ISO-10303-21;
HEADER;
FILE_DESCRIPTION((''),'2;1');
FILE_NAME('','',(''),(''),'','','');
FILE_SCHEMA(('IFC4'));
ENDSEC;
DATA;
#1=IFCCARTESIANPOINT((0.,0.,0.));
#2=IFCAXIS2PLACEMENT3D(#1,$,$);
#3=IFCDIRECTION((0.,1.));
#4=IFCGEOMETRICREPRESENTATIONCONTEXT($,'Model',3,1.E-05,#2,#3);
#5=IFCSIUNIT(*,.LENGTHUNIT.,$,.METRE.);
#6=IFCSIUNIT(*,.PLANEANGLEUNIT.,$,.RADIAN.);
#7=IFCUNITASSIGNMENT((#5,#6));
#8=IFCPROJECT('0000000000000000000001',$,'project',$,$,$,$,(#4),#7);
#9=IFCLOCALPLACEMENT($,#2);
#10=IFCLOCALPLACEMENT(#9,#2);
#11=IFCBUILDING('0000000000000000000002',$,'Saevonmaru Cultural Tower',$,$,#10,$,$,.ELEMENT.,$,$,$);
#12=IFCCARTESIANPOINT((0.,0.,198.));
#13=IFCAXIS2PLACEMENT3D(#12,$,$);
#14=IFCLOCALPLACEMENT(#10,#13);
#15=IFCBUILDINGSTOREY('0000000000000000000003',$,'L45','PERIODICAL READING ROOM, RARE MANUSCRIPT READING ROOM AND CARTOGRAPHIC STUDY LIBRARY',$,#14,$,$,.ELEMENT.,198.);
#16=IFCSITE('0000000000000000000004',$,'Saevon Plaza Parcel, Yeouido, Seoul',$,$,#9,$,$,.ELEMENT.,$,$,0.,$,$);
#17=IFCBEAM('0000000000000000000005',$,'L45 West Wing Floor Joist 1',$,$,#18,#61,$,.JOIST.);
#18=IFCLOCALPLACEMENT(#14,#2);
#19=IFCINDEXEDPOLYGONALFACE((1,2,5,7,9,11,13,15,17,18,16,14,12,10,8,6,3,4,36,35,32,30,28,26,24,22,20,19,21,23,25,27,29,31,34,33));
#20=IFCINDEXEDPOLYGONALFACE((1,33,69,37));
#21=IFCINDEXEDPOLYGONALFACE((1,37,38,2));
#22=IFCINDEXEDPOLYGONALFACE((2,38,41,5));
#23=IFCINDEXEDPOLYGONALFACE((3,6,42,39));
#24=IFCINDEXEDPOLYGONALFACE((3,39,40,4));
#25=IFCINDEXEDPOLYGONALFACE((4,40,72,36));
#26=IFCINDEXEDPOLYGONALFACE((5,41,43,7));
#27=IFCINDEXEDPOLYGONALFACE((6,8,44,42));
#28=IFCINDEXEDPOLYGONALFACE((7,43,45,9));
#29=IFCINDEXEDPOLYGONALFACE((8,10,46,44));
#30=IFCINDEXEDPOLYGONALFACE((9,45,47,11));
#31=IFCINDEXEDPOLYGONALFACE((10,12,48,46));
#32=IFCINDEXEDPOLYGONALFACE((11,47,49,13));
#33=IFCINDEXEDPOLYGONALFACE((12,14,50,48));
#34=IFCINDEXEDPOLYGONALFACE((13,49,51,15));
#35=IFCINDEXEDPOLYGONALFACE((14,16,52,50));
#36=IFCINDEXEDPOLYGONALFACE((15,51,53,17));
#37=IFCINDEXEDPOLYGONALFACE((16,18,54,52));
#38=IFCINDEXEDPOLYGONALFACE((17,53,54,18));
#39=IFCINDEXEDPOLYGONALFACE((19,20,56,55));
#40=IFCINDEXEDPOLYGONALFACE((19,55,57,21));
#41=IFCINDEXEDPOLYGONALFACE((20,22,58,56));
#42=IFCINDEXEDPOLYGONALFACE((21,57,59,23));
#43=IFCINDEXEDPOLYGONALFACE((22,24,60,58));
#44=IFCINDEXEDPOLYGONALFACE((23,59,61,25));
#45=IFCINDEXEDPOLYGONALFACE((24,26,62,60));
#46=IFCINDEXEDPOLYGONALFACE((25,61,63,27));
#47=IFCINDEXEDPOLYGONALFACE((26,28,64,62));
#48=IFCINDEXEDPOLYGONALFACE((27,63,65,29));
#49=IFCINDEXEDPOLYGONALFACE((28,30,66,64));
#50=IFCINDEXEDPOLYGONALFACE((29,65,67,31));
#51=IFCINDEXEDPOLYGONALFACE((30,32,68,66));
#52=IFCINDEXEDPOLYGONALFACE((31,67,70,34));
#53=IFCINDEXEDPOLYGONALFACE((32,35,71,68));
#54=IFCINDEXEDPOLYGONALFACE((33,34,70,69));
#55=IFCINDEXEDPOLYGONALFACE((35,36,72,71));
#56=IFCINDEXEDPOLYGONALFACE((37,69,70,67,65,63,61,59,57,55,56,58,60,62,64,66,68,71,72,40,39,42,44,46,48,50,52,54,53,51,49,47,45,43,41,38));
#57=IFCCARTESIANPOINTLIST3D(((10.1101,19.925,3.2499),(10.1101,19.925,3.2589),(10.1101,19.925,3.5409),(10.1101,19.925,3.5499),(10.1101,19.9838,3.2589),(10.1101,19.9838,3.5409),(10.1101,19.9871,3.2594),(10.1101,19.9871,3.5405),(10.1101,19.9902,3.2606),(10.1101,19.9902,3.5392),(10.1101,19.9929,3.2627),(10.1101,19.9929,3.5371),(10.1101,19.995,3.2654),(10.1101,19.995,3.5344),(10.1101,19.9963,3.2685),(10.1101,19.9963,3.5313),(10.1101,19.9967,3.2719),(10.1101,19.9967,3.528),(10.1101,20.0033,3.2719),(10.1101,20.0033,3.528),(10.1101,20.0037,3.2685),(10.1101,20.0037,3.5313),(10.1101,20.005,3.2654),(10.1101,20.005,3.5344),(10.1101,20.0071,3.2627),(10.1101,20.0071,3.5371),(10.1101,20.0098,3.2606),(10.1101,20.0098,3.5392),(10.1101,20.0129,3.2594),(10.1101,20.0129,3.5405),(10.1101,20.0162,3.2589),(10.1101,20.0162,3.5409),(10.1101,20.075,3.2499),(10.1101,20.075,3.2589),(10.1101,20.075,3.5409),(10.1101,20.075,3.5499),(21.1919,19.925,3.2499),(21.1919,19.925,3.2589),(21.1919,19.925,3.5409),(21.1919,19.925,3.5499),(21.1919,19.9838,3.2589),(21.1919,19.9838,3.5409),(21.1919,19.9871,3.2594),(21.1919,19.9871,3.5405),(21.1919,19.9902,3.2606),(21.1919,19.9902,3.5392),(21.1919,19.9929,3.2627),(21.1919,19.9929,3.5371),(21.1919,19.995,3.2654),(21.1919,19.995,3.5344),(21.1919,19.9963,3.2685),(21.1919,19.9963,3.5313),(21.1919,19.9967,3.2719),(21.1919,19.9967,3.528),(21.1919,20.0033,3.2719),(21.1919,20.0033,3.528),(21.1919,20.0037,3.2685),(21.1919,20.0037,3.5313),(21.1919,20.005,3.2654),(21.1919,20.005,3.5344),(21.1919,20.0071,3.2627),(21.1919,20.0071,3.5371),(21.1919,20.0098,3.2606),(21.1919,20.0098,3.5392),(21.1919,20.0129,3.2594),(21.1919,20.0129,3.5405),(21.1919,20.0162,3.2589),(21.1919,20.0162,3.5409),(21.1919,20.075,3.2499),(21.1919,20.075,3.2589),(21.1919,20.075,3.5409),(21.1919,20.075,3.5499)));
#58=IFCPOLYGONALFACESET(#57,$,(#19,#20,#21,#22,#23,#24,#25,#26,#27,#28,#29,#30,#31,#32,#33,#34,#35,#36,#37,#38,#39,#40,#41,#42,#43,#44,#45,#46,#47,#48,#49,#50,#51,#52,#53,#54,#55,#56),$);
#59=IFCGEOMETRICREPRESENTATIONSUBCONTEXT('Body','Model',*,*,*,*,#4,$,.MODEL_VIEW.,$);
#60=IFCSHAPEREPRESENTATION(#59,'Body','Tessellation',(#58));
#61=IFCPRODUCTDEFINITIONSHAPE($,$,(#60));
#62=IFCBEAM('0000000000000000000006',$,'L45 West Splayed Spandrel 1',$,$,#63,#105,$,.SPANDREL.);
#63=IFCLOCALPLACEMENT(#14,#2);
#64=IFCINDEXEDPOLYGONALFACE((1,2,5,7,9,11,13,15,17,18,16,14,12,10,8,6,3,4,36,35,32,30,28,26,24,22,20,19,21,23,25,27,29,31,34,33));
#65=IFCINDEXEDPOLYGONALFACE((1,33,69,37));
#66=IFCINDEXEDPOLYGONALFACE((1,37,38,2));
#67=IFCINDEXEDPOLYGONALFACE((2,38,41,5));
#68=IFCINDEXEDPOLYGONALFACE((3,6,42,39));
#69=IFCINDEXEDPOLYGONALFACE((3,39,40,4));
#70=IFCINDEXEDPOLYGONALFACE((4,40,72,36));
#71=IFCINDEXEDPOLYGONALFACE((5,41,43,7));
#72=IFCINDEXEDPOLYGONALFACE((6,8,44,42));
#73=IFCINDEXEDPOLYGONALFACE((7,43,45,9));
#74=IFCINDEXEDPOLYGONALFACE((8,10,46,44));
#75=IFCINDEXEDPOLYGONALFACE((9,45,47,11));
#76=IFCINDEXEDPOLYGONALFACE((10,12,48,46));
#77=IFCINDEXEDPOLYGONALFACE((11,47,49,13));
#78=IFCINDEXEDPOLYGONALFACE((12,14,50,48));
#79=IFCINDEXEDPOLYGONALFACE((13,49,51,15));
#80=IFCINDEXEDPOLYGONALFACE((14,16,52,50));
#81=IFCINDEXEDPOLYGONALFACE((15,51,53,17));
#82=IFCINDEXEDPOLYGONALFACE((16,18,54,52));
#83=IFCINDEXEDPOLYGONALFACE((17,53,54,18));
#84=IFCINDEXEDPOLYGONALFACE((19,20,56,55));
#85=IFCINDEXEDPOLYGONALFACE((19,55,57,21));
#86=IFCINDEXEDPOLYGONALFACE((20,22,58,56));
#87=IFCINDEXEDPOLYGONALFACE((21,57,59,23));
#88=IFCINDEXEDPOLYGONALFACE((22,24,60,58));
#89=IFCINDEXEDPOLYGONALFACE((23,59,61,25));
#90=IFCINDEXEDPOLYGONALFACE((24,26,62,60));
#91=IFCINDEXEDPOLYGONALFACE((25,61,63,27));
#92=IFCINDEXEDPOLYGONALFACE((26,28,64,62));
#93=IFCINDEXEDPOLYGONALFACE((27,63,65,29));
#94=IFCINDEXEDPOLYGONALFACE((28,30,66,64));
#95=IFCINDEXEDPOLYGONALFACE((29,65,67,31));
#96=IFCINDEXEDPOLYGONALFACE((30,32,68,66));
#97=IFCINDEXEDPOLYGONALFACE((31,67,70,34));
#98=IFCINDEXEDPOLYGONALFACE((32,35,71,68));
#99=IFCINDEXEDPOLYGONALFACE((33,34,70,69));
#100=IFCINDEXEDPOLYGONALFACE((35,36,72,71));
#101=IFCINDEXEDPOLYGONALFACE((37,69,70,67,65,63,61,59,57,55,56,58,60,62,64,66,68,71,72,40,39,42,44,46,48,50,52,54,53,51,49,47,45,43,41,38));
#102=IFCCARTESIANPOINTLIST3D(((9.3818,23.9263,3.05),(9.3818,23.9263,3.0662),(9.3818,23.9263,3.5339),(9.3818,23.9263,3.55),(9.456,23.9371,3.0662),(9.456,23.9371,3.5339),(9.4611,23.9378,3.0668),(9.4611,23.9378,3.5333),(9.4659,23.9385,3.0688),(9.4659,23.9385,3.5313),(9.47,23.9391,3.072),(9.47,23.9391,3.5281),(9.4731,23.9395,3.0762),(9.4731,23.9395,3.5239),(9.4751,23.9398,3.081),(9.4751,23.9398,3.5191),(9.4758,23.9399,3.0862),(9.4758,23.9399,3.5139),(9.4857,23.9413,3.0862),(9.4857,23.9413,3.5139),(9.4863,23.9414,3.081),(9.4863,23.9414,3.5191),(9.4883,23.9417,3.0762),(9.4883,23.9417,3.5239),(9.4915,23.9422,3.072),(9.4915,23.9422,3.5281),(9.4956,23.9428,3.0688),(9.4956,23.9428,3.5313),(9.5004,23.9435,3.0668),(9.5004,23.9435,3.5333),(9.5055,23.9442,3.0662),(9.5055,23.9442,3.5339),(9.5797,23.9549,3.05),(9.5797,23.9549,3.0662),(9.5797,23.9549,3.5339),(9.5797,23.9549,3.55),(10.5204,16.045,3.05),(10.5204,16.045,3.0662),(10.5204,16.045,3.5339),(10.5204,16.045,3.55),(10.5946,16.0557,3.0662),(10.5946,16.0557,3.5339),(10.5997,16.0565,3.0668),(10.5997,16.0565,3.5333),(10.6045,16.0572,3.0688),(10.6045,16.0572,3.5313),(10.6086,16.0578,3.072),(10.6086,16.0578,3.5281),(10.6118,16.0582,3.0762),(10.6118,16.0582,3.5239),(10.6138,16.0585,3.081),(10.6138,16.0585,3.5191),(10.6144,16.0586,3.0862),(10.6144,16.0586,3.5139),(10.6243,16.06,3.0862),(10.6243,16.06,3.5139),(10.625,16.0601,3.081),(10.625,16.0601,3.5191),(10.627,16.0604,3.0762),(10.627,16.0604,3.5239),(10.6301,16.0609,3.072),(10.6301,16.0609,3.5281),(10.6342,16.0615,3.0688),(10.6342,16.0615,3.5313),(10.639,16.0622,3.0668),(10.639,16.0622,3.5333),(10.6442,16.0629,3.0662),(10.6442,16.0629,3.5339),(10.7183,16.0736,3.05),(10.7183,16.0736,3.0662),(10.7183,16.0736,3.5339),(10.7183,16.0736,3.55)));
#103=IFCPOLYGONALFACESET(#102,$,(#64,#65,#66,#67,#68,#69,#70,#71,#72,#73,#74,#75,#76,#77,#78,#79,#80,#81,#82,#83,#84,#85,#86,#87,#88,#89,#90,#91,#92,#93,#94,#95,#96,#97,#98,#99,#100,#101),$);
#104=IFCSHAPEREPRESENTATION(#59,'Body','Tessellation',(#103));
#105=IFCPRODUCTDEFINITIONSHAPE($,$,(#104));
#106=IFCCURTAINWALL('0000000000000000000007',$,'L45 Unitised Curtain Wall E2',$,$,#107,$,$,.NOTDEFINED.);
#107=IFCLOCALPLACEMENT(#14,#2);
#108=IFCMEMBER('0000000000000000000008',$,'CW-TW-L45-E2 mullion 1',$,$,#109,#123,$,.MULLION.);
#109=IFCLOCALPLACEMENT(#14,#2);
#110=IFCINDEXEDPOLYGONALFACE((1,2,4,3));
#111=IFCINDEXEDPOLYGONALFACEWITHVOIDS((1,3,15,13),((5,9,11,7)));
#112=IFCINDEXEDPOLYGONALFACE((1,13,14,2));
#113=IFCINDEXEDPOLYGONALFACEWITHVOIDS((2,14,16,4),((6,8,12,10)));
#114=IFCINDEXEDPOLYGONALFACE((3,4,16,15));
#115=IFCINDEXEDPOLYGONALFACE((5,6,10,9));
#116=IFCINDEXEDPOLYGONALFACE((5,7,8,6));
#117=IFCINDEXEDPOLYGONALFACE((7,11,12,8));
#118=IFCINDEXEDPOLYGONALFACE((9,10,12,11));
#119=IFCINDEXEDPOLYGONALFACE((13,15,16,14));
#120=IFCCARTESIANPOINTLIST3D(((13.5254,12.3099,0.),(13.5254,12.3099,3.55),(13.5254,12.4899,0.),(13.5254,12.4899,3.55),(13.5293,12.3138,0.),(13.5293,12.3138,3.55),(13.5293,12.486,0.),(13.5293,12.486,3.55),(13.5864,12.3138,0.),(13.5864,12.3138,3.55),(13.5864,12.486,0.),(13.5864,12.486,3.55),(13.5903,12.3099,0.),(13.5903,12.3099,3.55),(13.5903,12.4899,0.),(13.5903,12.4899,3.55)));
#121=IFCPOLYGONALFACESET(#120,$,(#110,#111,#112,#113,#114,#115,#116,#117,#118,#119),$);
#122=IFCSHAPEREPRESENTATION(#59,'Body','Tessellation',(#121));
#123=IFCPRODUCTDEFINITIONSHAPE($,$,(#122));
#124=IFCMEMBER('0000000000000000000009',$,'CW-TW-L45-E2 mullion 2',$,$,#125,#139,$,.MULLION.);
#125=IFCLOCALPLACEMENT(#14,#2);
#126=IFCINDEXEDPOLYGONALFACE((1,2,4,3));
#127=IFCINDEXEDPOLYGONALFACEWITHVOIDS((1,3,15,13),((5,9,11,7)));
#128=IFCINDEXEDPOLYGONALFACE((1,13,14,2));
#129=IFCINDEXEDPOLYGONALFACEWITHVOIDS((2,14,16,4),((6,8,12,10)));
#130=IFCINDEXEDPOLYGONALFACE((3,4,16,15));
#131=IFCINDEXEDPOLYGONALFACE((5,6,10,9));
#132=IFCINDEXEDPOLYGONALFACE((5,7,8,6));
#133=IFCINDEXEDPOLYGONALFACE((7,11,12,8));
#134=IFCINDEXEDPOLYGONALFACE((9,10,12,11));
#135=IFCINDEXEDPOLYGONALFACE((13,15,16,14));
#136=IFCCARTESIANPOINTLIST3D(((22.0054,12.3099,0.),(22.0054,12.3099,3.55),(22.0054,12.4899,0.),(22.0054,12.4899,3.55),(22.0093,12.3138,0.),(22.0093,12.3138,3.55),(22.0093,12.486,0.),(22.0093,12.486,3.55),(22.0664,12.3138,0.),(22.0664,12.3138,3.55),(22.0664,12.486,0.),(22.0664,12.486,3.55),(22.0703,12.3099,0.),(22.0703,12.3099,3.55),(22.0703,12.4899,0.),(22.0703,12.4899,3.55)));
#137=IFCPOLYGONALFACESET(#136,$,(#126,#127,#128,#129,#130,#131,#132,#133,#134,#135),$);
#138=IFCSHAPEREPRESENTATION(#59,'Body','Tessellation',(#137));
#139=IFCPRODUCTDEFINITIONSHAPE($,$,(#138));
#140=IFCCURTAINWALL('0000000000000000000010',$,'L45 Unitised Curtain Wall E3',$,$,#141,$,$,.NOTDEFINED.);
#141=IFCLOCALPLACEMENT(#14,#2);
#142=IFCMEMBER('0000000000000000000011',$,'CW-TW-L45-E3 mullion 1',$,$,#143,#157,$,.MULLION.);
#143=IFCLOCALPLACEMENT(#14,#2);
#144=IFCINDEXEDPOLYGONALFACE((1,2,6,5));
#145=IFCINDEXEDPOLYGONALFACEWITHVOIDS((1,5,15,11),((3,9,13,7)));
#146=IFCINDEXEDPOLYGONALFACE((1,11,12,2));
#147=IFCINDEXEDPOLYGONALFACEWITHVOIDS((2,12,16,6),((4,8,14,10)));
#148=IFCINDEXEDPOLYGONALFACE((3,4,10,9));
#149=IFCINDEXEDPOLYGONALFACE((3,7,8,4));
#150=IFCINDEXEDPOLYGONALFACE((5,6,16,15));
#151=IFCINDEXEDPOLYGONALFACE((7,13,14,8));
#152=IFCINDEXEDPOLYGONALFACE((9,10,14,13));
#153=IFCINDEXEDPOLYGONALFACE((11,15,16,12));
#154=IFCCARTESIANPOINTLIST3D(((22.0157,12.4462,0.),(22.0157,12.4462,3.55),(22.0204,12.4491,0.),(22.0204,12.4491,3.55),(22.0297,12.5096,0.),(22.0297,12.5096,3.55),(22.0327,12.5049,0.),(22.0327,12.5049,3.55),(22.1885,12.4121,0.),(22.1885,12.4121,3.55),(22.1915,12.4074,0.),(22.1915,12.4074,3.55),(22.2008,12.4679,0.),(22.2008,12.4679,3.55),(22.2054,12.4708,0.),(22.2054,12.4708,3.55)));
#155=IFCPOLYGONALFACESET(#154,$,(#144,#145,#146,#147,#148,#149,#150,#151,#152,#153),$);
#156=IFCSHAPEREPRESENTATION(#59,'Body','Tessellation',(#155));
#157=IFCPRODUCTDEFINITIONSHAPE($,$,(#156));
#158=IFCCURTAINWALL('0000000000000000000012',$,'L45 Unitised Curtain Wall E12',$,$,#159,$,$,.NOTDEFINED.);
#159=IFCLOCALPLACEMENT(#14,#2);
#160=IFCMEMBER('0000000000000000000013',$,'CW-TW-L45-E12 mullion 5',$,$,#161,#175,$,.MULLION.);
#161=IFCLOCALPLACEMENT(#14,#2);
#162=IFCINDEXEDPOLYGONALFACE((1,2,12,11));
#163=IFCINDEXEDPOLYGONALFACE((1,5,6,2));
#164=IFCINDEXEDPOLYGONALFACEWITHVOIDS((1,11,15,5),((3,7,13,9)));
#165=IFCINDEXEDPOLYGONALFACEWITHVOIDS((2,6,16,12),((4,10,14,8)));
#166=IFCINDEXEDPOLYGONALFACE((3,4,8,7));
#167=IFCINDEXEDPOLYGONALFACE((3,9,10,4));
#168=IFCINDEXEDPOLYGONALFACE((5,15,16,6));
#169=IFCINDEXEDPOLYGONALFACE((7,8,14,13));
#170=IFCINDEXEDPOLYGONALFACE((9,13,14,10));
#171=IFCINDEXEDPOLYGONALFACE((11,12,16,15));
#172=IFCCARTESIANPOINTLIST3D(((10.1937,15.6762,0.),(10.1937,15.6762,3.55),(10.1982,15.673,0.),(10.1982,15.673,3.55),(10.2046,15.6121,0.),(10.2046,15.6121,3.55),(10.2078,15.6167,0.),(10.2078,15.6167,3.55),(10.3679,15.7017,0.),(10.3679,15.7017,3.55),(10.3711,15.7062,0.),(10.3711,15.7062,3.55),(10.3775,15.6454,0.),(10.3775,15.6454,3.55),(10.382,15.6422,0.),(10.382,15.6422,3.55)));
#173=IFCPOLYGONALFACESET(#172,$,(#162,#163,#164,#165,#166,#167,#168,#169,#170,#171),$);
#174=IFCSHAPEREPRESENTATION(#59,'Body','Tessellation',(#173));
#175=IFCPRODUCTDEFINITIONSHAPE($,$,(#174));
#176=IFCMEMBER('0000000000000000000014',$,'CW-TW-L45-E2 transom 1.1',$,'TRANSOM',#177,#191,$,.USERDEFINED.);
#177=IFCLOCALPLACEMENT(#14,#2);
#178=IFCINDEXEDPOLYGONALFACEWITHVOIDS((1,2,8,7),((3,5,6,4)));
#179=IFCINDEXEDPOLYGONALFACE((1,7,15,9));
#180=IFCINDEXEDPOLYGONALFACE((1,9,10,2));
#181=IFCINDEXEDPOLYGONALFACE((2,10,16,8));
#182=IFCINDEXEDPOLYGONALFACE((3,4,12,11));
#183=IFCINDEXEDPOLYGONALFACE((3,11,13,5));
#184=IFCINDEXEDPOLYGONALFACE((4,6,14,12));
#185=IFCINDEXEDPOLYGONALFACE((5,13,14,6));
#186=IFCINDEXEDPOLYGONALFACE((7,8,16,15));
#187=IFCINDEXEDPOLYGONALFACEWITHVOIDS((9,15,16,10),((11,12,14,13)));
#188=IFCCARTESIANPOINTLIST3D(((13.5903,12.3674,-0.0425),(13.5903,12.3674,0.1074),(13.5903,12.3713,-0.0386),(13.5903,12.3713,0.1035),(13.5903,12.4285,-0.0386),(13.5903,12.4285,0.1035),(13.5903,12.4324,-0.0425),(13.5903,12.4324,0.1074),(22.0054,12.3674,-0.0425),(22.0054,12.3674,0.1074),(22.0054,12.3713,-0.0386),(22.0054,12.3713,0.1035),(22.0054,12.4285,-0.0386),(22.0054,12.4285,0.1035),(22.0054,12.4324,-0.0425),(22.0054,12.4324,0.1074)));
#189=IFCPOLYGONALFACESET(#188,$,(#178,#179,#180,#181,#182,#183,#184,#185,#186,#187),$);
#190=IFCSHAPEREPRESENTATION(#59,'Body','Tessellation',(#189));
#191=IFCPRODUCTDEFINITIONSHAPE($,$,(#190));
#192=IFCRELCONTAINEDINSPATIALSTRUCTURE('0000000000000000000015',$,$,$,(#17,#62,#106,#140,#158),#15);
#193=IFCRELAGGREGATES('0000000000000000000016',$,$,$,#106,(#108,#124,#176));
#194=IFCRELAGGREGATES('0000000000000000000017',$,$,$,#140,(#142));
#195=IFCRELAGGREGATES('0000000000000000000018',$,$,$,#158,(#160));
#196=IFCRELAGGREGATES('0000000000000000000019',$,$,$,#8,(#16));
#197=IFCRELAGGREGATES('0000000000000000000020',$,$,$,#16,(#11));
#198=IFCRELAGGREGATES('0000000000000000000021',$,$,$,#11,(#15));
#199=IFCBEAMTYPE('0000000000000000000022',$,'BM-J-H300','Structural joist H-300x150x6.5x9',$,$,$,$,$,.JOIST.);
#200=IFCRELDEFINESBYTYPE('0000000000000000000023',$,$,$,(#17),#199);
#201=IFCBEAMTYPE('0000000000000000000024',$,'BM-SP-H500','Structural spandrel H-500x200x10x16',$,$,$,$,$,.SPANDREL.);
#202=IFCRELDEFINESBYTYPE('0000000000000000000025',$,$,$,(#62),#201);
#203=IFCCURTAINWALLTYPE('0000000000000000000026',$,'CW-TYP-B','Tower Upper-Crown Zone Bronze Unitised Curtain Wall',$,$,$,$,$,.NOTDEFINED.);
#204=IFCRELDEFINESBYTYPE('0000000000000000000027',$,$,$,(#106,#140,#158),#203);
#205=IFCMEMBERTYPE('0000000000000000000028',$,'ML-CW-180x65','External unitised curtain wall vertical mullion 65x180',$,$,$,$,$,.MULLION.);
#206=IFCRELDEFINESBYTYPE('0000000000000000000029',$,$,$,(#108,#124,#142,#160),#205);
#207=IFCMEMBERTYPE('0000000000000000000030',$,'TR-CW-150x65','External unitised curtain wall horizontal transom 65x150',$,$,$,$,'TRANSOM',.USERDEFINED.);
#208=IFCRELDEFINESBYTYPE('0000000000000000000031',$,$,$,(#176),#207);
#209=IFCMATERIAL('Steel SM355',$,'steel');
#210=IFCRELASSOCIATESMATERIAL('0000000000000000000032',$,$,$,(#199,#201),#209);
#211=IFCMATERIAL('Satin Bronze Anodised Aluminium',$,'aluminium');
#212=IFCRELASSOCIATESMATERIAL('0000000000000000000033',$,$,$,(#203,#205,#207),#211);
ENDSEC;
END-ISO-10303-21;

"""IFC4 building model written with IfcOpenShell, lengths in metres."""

from ifc_helpers import new_model, si_unit, direction, frame, origin, origin_2d, place, context, subcontext, project, spatial, hollow_rectangle, i_section, extrude, material, material_profile, profile_set, type_object, element, aggregate, save


model = new_model("IFC4")

# Units and contexts
model_context = context("Model", 3, precision=1e-05, world=origin(), true_north=direction((0.0, 1.0)))
body_context = subcontext(model_context, "Body", "Model", "MODEL_VIEW")
ifc_project = project(units=[si_unit("LENGTHUNIT", "METRE"), si_unit("PLANEANGLEUNIT", "RADIAN")], contexts=[model_context])

# Site, building, storey
site_placement = place(None, origin())
site = spatial("IfcSite", under=ifc_project, at=site_placement, Name="Saevon Plaza Parcel, Yeouido, Seoul", CompositionType="ELEMENT", RefElevation=0.0)
building_placement = place(site_placement, origin())
building = spatial("IfcBuilding", under=site, at=building_placement, Name="Saevonmaru Cultural Tower", CompositionType="ELEMENT")
storey_placement = place(building_placement, frame((0.0, 0.0, 198.0)))
storey = spatial("IfcBuildingStorey", under=building, at=storey_placement, Name="L45", Description="PERIODICAL READING ROOM, RARE MANUSCRIPT READING ROOM AND CARTOGRAPHIC STUDY LIBRARY", CompositionType="ELEMENT", Elevation=198.0)

# Shared definitions
ifc_material_1 = material(Name="Steel SM355", Category="steel")

# Beams
ifc_material_profile_1 = material_profile(ifc_material_1, i_section(OverallWidth=0.1499, OverallDepth=0.3, WebThickness=0.0066, FlangeThickness=0.009, FilletRadius=0.0129, at=origin_2d()), Name="H-300x150x6.5x9")
ifc_profile_set_1 = profile_set([ifc_material_profile_1], Name="Steel SM355")
beam_type_1 = type_object("IfcBeamType", Name="BM-J-H300", Description="Structural joist H-300x150x6.5x9", PredefinedType="JOIST", material=ifc_profile_set_1)
beam_1_placement = place(storey_placement, frame((10.1101, 20.0, 3.3999), z_axis=(1.0, 0.0, 0.0), x_axis=(0.0, 1.0, 0.0)))
element("IfcBeam", 1, at=beam_1_placement, inside=storey, type_object=beam_type_1, Name="L45 West Wing Floor Joist 1", PredefinedType="JOIST", context=body_context, shape_type="SweptSolid", body=[
    extrude(i_section(OverallWidth=0.1499, OverallDepth=0.3, WebThickness=0.0066, FlangeThickness=0.009, FilletRadius=0.0129, at=origin_2d()), origin(), (0.0, 0.0, 1.0), 11.0818),
])
ifc_material_profile_2 = material_profile(ifc_material_1, i_section(OverallWidth=0.2, OverallDepth=0.5, WebThickness=0.01, FlangeThickness=0.0161, FilletRadius=0.02, at=origin_2d()), Name="H-500x200x10x16")
ifc_profile_set_2 = profile_set([ifc_material_profile_2], Name="Steel SM355")
beam_type_2 = type_object("IfcBeamType", Name="BM-SP-H500", Description="Structural spandrel H-500x200x10x16", PredefinedType="SPANDREL", material=ifc_profile_set_2)
beam_2_placement = place(storey_placement, frame((10.6194, 16.0593, 3.3), z_axis=(-0.142992, 0.989724, 0.0), x_axis=(-0.989724, -0.142992, 0.0)))
element("IfcBeam", 2, at=beam_2_placement, inside=storey, type_object=beam_type_2, Name="L45 West Splayed Spandrel 1", PredefinedType="SPANDREL", context=body_context, shape_type="SweptSolid", body=[
    extrude(i_section(OverallWidth=0.2, OverallDepth=0.5, WebThickness=0.01, FlangeThickness=0.0161, FilletRadius=0.02, at=origin_2d()), origin(), (0.0, 0.0, 1.0), 7.9631),
])

# Curtain wall, members
ifc_material_2 = material(Name="Satin Bronze Anodised Aluminium", Category="aluminium")
curtain_wall_type = type_object("IfcCurtainWallType", Name="CW-TYP-B", Description="Tower Upper-Crown Zone Bronze Unitised Curtain Wall", PredefinedType="NOTDEFINED", material=ifc_material_2)
curtain_wall_1_placement = place(storey_placement, origin())
curtain_wall_1 = element("IfcCurtainWall", 3, at=curtain_wall_1_placement, inside=storey, type_object=curtain_wall_type, Name="L45 Unitised Curtain Wall E2", PredefinedType="NOTDEFINED")
ifc_material_profile_3 = material_profile(ifc_material_2, hollow_rectangle(XDim=0.0649, YDim=0.1799, WallThickness=0.0039, at=origin_2d()), Name="ALU-MULL-180x65x4")
ifc_profile_set_3 = profile_set([ifc_material_profile_3], Name="Satin Bronze Anodised Aluminium")
member_type_1 = type_object("IfcMemberType", Name="ML-CW-180x65", Description="External unitised curtain wall vertical mullion 65x180", PredefinedType="MULLION", material=ifc_profile_set_3)
member_1_placement = place(storey_placement, frame((13.5579, 12.3999, 0.0), z_axis=(0.0, 0.0, 1.0), x_axis=(1.0, 0.0, 0.0)))
member_1 = element("IfcMember", 4, at=member_1_placement, type_object=member_type_1, Name="CW-TW-L45-E2 mullion 1", PredefinedType="MULLION", context=body_context, shape_type="SweptSolid", body=[
    extrude(hollow_rectangle(XDim=0.0649, YDim=0.1799, WallThickness=0.0039, at=origin_2d()), origin(), (0.0, 0.0, 1.0), 3.55),
])
member_2_placement = place(storey_placement, frame((22.0378, 12.3999, 0.0), z_axis=(0.0, 0.0, 1.0), x_axis=(1.0, 0.0, 0.0)))
member_2 = element("IfcMember", 5, at=member_2_placement, type_object=member_type_1, Name="CW-TW-L45-E2 mullion 2", PredefinedType="MULLION", context=body_context, shape_type="SweptSolid", body=[
    extrude(hollow_rectangle(XDim=0.0649, YDim=0.1799, WallThickness=0.0039, at=origin_2d()), origin(), (0.0, 0.0, 1.0), 3.55),
])

# Curtain walls, members
curtain_wall_2_placement = place(storey_placement, origin())
curtain_wall_2 = element("IfcCurtainWall", 6, at=curtain_wall_2_placement, inside=storey, type_object=curtain_wall_type, Name="L45 Unitised Curtain Wall E3", PredefinedType="NOTDEFINED")
member_3_placement = place(storey_placement, frame((22.1106, 12.4585, 0.0), z_axis=(0.0, 0.0, 1.0), x_axis=(0.215413, 0.976523, 0.0)))
member_3 = element("IfcMember", 7, at=member_3_placement, type_object=member_type_1, Name="CW-TW-L45-E3 mullion 1", PredefinedType="MULLION", context=body_context, shape_type="SweptSolid", body=[
    extrude(hollow_rectangle(XDim=0.0649, YDim=0.1799, WallThickness=0.0039, at=origin_2d()), origin(), (0.0, 0.0, 1.0), 3.55),
])
curtain_wall_3_placement = place(storey_placement, origin())
curtain_wall_3 = element("IfcCurtainWall", 8, at=curtain_wall_3_placement, inside=storey, type_object=curtain_wall_type, Name="L45 Unitised Curtain Wall E12", PredefinedType="NOTDEFINED")
member_4_placement = place(storey_placement, frame((10.2878, 15.6592, 0.0), z_axis=(0.0, 0.0, 1.0), x_axis=(0.166922, -0.98597, 0.0)))
member_4 = element("IfcMember", 9, at=member_4_placement, type_object=member_type_1, Name="CW-TW-L45-E12 mullion 5", PredefinedType="MULLION", context=body_context, shape_type="SweptSolid", body=[
    extrude(hollow_rectangle(XDim=0.0649, YDim=0.1799, WallThickness=0.0039, at=origin_2d()), origin(), (0.0, 0.0, 1.0), 3.55),
])

# Member
ifc_material_profile_4 = material_profile(ifc_material_2, hollow_rectangle(XDim=0.0649, YDim=0.1499, WallThickness=0.0039, at=origin_2d()), Name="ALU-TRAN-150x65x4")
ifc_profile_set_4 = profile_set([ifc_material_profile_4], Name="Satin Bronze Anodised Aluminium")
member_type_2 = type_object("IfcMemberType", Name="TR-CW-150x65", Description="External unitised curtain wall horizontal transom 65x150", ElementType="TRANSOM", PredefinedType="USERDEFINED", material=ifc_profile_set_4)
member_5_placement = place(storey_placement, frame((13.5903, 12.3999, 0.0325), z_axis=(1.0, 0.0, 0.0), x_axis=(0.0, 1.0, 0.0)))
member_5 = element("IfcMember", 10, at=member_5_placement, type_object=member_type_2, Name="CW-TW-L45-E2 transom 1.1", ObjectType="TRANSOM", PredefinedType="USERDEFINED", context=body_context, shape_type="SweptSolid", body=[
    extrude(hollow_rectangle(XDim=0.0649, YDim=0.1499, WallThickness=0.0039, at=origin_2d()), origin(), (0.0, 0.0, 1.0), 8.415),
])

aggregate(curtain_wall_1, [member_1, member_2, member_5])
aggregate(curtain_wall_2, [member_3])
aggregate(curtain_wall_3, [member_4])

save(model, "model.ifc")
